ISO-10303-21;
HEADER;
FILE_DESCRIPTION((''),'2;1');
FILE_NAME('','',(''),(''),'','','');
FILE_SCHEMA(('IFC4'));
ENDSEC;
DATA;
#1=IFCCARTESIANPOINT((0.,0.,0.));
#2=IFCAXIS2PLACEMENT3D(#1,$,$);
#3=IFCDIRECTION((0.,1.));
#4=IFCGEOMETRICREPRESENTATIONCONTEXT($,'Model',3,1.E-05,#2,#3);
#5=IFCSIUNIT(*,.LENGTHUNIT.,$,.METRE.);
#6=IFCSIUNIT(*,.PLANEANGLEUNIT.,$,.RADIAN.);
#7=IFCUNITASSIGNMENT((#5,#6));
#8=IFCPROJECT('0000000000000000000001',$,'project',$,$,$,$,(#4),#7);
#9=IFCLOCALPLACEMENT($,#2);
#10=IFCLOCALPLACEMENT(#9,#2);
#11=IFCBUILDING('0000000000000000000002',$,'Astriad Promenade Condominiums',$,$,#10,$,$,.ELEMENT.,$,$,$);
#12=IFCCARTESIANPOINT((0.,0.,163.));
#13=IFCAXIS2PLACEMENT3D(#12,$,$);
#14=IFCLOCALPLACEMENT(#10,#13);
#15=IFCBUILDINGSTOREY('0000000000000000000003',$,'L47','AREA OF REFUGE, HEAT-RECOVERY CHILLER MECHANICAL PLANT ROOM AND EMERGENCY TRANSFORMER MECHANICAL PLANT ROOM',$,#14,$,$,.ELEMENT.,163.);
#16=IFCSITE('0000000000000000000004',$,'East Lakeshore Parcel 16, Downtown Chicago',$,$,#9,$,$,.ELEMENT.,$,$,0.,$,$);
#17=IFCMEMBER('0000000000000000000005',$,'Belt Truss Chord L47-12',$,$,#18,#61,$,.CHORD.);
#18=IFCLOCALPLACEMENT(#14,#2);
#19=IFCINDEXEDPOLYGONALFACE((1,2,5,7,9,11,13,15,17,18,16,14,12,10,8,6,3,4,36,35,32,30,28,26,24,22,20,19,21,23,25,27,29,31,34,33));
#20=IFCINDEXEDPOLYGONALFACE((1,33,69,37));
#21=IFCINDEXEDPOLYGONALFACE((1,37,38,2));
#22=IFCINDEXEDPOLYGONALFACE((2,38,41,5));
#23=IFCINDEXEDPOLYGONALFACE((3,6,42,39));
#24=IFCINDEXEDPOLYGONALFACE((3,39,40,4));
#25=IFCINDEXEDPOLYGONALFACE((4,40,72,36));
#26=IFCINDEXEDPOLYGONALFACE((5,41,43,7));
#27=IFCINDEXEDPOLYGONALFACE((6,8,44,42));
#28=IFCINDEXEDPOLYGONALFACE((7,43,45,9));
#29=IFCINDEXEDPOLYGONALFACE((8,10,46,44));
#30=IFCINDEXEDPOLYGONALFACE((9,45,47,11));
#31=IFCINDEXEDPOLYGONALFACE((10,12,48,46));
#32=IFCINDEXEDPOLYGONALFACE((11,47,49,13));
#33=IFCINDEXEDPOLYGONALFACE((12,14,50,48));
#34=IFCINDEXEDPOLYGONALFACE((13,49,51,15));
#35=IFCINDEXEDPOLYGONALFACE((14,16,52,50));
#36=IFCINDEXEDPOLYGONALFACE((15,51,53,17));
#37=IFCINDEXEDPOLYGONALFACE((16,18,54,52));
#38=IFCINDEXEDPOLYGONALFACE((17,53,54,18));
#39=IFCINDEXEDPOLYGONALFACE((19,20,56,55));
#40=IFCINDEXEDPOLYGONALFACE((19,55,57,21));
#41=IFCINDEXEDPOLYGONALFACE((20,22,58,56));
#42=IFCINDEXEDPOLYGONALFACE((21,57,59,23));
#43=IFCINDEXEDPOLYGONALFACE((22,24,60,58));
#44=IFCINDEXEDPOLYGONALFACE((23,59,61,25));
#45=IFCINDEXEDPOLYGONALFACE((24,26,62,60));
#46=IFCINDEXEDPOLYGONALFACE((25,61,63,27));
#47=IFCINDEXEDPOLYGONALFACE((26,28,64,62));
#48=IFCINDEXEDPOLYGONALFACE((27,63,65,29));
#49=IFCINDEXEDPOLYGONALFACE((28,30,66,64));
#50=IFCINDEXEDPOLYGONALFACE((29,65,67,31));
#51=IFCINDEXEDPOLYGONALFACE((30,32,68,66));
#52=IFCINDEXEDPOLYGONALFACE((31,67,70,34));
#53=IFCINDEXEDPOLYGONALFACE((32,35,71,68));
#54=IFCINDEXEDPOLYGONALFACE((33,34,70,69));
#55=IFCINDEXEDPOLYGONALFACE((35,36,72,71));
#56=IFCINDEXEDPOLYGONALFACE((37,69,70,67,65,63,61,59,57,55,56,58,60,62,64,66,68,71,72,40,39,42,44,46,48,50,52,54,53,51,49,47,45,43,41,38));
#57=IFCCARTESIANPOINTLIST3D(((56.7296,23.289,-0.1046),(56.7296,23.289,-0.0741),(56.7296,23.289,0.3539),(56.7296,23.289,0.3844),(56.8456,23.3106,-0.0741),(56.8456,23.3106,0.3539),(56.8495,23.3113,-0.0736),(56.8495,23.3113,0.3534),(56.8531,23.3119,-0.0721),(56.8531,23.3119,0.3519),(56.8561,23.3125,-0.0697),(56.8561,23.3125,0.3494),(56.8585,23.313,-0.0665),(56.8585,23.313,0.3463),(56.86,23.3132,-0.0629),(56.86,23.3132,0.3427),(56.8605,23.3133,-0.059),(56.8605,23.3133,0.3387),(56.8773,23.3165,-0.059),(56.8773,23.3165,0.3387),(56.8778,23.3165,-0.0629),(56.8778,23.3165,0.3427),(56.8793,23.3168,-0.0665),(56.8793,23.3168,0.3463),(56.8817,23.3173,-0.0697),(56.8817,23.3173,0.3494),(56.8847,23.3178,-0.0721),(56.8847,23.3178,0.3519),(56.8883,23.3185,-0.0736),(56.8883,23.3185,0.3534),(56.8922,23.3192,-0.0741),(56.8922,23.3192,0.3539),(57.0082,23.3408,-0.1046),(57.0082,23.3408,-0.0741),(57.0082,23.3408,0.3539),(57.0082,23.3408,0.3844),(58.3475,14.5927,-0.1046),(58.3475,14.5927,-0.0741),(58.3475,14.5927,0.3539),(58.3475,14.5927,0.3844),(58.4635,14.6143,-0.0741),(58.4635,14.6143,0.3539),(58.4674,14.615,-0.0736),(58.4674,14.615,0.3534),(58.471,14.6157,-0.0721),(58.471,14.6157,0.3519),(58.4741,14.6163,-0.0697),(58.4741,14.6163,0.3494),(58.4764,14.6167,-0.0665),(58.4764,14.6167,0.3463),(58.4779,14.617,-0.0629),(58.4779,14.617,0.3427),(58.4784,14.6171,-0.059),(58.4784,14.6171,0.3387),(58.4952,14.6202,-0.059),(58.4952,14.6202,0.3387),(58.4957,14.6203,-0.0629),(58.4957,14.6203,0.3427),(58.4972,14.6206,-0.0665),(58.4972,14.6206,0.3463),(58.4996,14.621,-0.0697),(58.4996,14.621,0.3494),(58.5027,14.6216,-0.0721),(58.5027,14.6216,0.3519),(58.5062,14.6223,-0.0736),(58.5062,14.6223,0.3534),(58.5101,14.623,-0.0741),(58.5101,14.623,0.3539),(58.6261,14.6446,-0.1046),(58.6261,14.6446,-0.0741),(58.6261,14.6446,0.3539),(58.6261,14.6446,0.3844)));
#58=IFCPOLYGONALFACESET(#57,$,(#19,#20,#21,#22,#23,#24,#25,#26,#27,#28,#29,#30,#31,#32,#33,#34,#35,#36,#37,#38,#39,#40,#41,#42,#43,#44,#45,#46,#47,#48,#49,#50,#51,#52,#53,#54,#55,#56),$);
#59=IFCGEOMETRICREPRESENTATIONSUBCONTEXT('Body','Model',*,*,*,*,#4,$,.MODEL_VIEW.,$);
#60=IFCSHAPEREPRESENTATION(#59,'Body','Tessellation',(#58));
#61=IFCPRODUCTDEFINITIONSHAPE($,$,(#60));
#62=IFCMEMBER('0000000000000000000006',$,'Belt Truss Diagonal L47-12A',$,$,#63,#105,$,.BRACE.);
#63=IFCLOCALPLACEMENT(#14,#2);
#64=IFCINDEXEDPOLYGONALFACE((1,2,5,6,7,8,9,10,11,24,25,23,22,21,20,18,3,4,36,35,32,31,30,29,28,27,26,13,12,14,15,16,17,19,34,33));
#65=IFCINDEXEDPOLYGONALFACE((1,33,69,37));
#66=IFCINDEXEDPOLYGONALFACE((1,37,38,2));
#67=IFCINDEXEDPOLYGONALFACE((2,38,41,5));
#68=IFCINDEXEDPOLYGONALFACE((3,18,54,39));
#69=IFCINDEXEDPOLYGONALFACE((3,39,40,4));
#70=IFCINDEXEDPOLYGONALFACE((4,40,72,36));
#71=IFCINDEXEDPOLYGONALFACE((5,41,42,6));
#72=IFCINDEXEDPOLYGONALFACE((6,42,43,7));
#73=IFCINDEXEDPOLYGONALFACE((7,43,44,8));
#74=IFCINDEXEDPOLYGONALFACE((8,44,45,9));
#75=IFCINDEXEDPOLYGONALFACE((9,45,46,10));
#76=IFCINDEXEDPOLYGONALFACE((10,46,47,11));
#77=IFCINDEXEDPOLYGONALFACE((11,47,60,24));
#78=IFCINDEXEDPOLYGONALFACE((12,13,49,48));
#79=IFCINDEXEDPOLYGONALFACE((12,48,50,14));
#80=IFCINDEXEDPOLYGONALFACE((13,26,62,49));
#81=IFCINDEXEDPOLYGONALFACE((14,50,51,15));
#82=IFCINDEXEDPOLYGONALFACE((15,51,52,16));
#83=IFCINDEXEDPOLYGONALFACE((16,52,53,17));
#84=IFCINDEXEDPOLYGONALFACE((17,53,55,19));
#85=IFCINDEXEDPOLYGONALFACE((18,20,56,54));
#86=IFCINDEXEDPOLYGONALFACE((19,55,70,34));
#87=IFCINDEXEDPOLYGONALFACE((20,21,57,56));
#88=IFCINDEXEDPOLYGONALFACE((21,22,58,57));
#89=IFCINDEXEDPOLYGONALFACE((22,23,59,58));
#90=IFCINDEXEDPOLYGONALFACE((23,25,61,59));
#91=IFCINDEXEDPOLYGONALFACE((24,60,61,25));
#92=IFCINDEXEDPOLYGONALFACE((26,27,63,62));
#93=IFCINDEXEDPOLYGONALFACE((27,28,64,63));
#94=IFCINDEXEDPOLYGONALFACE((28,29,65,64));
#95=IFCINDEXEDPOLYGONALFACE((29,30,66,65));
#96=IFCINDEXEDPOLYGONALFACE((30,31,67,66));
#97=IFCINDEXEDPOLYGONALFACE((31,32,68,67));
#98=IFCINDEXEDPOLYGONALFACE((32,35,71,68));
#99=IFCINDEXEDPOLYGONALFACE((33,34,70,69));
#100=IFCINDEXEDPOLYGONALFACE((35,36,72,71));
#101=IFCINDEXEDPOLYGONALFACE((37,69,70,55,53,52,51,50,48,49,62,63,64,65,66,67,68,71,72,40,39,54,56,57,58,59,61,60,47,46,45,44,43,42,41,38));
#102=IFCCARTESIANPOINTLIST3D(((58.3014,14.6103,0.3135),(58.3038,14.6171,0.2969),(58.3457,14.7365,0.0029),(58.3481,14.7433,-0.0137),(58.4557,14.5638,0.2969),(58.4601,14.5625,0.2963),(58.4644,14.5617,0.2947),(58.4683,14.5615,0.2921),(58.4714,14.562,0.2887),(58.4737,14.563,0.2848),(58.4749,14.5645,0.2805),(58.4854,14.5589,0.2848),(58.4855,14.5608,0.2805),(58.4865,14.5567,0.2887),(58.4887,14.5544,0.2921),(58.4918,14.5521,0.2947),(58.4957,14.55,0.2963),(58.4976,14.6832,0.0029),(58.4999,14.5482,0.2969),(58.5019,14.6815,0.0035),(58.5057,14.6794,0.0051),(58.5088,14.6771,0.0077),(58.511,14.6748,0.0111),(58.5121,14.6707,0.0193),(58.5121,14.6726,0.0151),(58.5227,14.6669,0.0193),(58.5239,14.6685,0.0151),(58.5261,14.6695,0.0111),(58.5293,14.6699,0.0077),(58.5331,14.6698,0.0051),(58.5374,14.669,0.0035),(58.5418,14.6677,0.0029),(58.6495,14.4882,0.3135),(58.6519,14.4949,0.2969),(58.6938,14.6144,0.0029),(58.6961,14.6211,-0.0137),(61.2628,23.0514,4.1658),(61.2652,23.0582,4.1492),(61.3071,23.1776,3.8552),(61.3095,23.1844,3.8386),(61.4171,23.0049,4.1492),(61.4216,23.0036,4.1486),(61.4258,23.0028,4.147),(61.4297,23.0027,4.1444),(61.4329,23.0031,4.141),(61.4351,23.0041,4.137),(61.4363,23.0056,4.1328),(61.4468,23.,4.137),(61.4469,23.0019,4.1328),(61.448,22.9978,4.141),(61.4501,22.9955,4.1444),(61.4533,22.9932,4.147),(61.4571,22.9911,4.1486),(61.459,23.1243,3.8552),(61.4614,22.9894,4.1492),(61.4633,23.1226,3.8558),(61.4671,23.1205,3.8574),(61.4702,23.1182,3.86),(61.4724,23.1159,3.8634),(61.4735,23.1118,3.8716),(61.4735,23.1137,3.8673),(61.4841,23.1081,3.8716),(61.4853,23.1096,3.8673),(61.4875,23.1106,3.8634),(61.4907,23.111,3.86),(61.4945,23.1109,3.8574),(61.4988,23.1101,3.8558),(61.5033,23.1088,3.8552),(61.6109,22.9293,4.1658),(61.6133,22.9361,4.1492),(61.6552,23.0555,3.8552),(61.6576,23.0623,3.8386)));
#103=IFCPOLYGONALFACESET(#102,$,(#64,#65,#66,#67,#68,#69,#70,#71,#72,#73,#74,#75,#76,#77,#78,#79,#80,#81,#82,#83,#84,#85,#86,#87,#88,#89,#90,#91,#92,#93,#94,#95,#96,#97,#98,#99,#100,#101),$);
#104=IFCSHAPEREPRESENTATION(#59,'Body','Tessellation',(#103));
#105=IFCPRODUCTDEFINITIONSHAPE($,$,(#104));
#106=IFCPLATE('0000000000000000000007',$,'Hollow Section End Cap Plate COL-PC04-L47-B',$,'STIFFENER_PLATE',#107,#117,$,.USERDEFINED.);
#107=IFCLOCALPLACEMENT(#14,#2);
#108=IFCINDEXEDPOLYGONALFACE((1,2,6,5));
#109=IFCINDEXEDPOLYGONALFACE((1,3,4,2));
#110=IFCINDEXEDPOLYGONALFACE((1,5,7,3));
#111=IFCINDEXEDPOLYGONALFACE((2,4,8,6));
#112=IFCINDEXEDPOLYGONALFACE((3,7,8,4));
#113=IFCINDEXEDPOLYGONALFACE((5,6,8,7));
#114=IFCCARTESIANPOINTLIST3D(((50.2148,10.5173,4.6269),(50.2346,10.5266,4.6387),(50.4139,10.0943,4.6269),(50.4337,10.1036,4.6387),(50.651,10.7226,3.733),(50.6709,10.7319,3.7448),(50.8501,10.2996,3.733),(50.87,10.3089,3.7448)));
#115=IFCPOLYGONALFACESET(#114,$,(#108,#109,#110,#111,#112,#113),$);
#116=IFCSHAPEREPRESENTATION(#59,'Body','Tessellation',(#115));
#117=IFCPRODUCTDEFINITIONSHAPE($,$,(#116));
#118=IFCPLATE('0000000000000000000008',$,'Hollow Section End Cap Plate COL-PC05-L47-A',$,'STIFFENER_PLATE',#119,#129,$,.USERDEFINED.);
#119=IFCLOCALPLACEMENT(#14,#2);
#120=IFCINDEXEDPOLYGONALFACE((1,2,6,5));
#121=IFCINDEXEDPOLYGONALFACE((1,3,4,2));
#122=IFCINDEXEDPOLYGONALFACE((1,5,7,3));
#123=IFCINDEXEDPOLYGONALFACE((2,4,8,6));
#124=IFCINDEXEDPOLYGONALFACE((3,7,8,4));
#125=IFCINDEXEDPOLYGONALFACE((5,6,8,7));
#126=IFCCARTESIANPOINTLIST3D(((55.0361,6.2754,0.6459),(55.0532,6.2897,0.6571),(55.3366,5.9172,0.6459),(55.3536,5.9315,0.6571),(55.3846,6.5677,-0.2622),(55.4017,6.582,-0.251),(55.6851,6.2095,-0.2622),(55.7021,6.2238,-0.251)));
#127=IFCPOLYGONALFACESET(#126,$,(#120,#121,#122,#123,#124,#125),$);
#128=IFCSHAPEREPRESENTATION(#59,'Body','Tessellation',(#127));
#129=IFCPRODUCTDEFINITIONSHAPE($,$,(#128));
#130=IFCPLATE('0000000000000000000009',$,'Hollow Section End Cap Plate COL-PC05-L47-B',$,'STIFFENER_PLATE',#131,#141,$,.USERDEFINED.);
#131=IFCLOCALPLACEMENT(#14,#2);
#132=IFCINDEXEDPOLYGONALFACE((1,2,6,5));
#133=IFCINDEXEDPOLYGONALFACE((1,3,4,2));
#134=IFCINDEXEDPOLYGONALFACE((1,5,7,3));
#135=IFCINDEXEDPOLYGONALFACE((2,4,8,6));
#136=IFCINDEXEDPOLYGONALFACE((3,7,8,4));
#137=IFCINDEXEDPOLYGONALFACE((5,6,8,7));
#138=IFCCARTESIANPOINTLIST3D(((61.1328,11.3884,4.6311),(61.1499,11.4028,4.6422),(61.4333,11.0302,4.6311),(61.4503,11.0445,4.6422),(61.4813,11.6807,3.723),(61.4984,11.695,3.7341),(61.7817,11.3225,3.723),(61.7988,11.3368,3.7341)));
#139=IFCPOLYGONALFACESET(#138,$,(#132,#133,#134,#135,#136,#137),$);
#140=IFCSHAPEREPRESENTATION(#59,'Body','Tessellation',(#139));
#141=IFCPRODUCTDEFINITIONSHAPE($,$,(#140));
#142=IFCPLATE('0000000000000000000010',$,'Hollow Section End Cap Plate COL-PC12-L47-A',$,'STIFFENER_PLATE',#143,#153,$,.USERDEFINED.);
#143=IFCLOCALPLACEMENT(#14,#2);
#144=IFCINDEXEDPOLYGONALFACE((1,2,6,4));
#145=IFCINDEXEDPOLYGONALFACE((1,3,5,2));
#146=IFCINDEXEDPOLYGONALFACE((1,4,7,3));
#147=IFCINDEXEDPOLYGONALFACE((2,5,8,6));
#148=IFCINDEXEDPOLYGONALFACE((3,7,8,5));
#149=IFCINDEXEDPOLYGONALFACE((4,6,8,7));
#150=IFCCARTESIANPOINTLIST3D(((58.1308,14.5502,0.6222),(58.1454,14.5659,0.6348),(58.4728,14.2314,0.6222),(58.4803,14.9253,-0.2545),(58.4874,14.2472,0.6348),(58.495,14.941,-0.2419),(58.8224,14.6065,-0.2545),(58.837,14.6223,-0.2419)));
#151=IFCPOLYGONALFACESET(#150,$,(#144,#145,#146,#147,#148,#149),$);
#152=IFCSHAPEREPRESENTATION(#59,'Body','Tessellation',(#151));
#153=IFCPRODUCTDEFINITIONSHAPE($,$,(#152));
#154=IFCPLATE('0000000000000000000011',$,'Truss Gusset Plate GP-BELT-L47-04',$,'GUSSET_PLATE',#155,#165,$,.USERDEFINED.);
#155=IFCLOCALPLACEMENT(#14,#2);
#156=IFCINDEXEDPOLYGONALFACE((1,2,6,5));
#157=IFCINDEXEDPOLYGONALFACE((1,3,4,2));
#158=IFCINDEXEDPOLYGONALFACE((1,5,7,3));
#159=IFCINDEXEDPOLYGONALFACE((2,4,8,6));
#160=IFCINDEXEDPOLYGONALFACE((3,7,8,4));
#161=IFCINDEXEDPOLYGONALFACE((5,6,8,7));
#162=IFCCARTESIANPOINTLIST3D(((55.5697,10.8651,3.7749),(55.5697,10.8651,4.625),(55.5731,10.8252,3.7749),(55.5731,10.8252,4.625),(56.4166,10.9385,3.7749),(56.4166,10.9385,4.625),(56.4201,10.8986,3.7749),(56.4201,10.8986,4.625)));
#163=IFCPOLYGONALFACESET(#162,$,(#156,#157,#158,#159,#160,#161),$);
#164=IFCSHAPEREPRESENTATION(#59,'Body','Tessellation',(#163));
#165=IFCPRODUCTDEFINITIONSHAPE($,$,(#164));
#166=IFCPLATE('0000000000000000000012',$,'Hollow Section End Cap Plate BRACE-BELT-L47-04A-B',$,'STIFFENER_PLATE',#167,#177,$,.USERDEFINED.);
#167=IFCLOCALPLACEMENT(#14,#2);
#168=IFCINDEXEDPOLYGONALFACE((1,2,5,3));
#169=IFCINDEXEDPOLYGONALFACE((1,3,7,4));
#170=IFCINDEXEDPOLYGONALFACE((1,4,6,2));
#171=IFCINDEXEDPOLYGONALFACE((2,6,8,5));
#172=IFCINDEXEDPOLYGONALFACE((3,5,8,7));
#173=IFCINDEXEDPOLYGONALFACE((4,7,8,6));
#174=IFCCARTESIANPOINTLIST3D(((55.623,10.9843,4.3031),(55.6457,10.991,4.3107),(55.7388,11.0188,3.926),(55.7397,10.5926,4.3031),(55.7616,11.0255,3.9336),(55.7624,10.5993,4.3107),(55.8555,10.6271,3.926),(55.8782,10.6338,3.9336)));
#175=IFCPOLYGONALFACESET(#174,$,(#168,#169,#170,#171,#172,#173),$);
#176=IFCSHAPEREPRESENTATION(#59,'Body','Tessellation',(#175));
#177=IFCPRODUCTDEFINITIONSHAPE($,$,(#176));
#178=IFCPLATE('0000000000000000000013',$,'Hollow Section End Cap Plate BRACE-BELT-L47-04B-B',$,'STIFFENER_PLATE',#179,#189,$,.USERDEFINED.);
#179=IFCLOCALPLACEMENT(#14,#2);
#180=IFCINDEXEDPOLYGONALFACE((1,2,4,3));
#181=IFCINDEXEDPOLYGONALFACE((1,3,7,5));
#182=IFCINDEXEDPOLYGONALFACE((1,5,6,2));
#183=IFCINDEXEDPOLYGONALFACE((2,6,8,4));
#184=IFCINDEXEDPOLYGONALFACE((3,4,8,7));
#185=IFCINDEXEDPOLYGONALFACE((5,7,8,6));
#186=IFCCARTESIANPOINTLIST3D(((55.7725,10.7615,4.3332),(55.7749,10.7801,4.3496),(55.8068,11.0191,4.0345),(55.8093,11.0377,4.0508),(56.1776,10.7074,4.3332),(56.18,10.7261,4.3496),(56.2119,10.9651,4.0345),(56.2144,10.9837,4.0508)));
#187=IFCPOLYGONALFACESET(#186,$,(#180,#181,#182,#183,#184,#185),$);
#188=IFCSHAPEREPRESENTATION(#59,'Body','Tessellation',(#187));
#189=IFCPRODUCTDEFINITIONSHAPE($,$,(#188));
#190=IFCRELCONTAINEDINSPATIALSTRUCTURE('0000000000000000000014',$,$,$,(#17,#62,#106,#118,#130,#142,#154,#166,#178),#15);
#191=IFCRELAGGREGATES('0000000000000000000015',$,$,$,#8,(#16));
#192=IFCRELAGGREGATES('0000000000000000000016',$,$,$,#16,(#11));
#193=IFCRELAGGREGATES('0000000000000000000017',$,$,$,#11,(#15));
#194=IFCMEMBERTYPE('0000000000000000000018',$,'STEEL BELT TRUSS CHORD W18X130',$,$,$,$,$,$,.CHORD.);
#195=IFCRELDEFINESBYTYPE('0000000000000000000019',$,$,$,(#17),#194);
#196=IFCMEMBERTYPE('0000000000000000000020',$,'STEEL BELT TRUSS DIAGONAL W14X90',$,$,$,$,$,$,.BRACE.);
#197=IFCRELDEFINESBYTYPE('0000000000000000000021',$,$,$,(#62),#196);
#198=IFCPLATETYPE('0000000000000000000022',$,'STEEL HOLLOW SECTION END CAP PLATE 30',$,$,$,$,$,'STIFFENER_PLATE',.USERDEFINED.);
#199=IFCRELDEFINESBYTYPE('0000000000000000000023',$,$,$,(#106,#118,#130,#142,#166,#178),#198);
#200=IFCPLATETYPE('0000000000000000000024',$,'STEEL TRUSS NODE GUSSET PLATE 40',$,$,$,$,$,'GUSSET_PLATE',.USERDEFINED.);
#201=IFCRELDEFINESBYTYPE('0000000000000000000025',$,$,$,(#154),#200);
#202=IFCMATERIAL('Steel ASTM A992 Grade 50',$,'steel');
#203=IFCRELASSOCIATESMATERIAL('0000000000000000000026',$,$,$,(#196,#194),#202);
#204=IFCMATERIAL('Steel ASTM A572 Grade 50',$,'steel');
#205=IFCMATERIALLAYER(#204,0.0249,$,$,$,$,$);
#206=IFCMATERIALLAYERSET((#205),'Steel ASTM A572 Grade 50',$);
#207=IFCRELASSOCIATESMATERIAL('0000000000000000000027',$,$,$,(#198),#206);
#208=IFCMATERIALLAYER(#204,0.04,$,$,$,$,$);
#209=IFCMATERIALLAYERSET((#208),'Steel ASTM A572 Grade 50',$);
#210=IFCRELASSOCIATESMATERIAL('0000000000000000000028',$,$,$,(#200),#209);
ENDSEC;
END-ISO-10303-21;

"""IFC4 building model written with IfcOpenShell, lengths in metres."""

from ifc_helpers import new_model, si_unit, direction, frame, origin, origin_2d, place, context, subcontext, project, spatial, rectangle, i_section, extrude, source, transform, mapped, material, layer, layer_set, material_profile, profile_set, type_object, type_shapes, element, save


model = new_model("IFC4")

# Units and contexts
model_context = context("Model", 3, precision=1e-05, world=origin(), true_north=direction((0.0, 1.0)))
body_context = subcontext(model_context, "Body", "Model", "MODEL_VIEW")
ifc_project = project(units=[si_unit("LENGTHUNIT", "METRE"), si_unit("PLANEANGLEUNIT", "RADIAN")], contexts=[model_context])

# Site, building, storey
site_placement = place(None, origin())
site = spatial("IfcSite", under=ifc_project, at=site_placement, Name="East Lakeshore Parcel 16, Downtown Chicago", CompositionType="ELEMENT", RefElevation=0.0)
building_placement = place(site_placement, origin())
building = spatial("IfcBuilding", under=site, at=building_placement, Name="Astriad Promenade Condominiums", CompositionType="ELEMENT")
storey_placement = place(building_placement, frame((0.0, 0.0, 163.0)))
storey = spatial("IfcBuildingStorey", under=building, at=storey_placement, Name="L47", Description="AREA OF REFUGE, HEAT-RECOVERY CHILLER MECHANICAL PLANT ROOM AND EMERGENCY TRANSFORMER MECHANICAL PLANT ROOM", CompositionType="ELEMENT", Elevation=163.0)

# Shared definitions
ifc_material_1 = material(Name="Steel ASTM A992 Grade 50", Category="steel")

# Members
ifc_material_profile_1 = material_profile(ifc_material_1, i_section(OverallWidth=0.3689, OverallDepth=0.3562, WebThickness=0.0112, FlangeThickness=0.0181, FilletRadius=0.0178, at=origin_2d()), Name="W14X90")
ifc_profile_set_1 = profile_set([ifc_material_profile_1], Name="Steel ASTM A992 Grade 50")
member_type_1 = type_object("IfcMemberType", Name="STEEL BELT TRUSS DIAGONAL W14X90", PredefinedType="BRACE", material=ifc_profile_set_1)
ifc_material_profile_2 = material_profile(ifc_material_1, i_section(OverallWidth=0.2834, OverallDepth=0.489, WebThickness=0.0171, FlangeThickness=0.0305, FilletRadius=0.0151, at=origin_2d()), Name="W18X130")
ifc_profile_set_2 = profile_set([ifc_material_profile_2], Name="Steel ASTM A992 Grade 50")
member_type_2 = type_object("IfcMemberType", Name="STEEL BELT TRUSS CHORD W18X130", PredefinedType="CHORD", material=ifc_profile_set_2)
shared_shape_1 = source(origin(), body_context, "Body", "SweptSolid", [
    extrude(i_section(OverallWidth=0.2834, OverallDepth=0.489, WebThickness=0.0171, FlangeThickness=0.0305, FilletRadius=0.0151, at=origin_2d()), origin(), (0.0, 0.0, 1.0), 8.8455),
])
member_1_placement = place(storey_placement, frame((58.4868, 14.6187, 0.1399), z_axis=(-0.182909, 0.98313, 0.0), x_axis=(-0.98313, -0.182909, 0.0)))
element("IfcMember", 1, at=member_1_placement, inside=storey, type_object=member_type_2, Name="Belt Truss Chord L47-12", PredefinedType="CHORD", context=body_context, shape_type="MappedRepresentation", body=[
    mapped(shared_shape_1, transform((0.0, 0.0, 0.0), scale=1.0)),
])
shared_shape_2 = source(origin(), body_context, "Body", "SweptSolid", [
    extrude(i_section(OverallWidth=0.3689, OverallDepth=0.3562, WebThickness=0.0112, FlangeThickness=0.0181, FilletRadius=0.0178, at=origin_2d()), origin(), (0.0, 0.0, 1.0), 9.7397),
])
member_2_placement = place(storey_placement, frame((58.4988, 14.6157, 0.1499), z_axis=(0.304054, 0.866668, 0.395522), x_axis=(-0.943613, 0.331049, 0.0)))
element("IfcMember", 2, at=member_2_placement, inside=storey, type_object=member_type_1, Name="Belt Truss Diagonal L47-12A", PredefinedType="BRACE", context=body_context, shape_type="MappedRepresentation", body=[
    mapped(shared_shape_2, transform((0.0, 0.0, 0.0), scale=1.0)),
])

# Plates
ifc_material_2 = material(Name="Steel ASTM A572 Grade 50", Category="steel")
ifc_layer_1 = layer(ifc_material_2, 0.0249)
ifc_layer_set_1 = layer_set([ifc_layer_1], Name="Steel ASTM A572 Grade 50")
plate_type_1 = type_object("IfcPlateType", Name="STEEL HOLLOW SECTION END CAP PLATE 30", ElementType="STIFFENER_PLATE", PredefinedType="USERDEFINED", material=ifc_layer_set_1)
shared_shape_3 = source(origin(), body_context, "Body", "SweptSolid", [
    extrude(rectangle(XDim=0.4675, YDim=1.0156, at=origin_2d()), origin(), (0.0, 0.0, 1.0), 0.0249),
])
for number, where, z_axis, x_axis, name in (
    (3, (50.5325, 10.4084, 4.1799), (0.796348, 0.374826, 0.474696), (-0.425866, 0.904786, 0.0), "Hollow Section End Cap Plate COL-PC04-L47-B"),
    (4, (55.3606, 6.2424, 0.1919), (0.685083, 0.574566, 0.447812), (-0.6426, 0.766202, 0.0), "Hollow Section End Cap Plate COL-PC05-L47-A"),
    (5, (61.4573, 11.3555, 4.177), (0.685083, 0.574566, 0.447812), (-0.6426, 0.766202, 0.0), "Hollow Section End Cap Plate COL-PC05-L47-B"),
    (6, (58.4766, 14.5784, 0.1838), (0.588516, 0.631492, 0.504844), (-0.731561, 0.681776, 0.0), "Hollow Section End Cap Plate COL-PC12-L47-A"),
):
    element("IfcPlate", number, at=place(storey_placement, frame(where, z_axis=z_axis, x_axis=x_axis)), inside=storey, type_object=plate_type_1, Name=name, ObjectType="STIFFENER_PLATE", PredefinedType="USERDEFINED", context=body_context, shape_type="MappedRepresentation", body=[
        mapped(shared_shape_3, transform((0.0, 0.0, 0.0), scale=1.0)),
    ])
ifc_layer_2 = layer(ifc_material_2, 0.04)
ifc_layer_set_2 = layer_set([ifc_layer_2], Name="Steel ASTM A572 Grade 50")
plate_type_2 = type_object("IfcPlateType", Name="STEEL TRUSS NODE GUSSET PLATE 40", ElementType="GUSSET_PLATE", PredefinedType="USERDEFINED", material=ifc_layer_set_2)
shared_shape_4 = source(origin(), body_context, "Body", "SweptSolid", [
    extrude(rectangle(XDim=0.8501, YDim=0.04, at=origin_2d()), origin(), (0.0, 0.0, 1.0), 0.8501),
])
type_shapes(plate_type_2, [shared_shape_4])
plate_placement = place(storey_placement, frame((55.9949, 10.8818, 3.7749), z_axis=(0.0, 0.0, 1.0), x_axis=(0.99627, 0.086286, 0.0)))
element("IfcPlate", 7, at=plate_placement, inside=storey, type_object=plate_type_2, Name="Truss Gusset Plate GP-BELT-L47-04", ObjectType="GUSSET_PLATE", PredefinedType="USERDEFINED", context=body_context, shape_type="MappedRepresentation", body=[
    mapped(shared_shape_4, transform((0.0, 0.0, 0.0), scale=1.0)),
])
shared_shape_5 = source(origin(), body_context, "Body", "SweptSolid", [
    extrude(rectangle(XDim=0.4087, YDim=0.396, at=origin_2d()), origin(), (0.0, 0.0, 1.0), 0.0249),
])
type_shapes(plate_type_1, [shared_shape_3, shared_shape_5])
for number, where, z_axis, x_axis, name in (
    (8, (55.7393, 10.8057, 4.1145), (0.91264, 0.271867, 0.305247), (-0.285493, 0.958381, 0.0), "Hollow Section End Cap Plate BRACE-BELT-L47-04A-B"),
    (9, (55.9922, 10.8633, 4.1838), (0.099752, 0.747782, 0.656408), (-0.99122, 0.132226, 0.0), "Hollow Section End Cap Plate BRACE-BELT-L47-04B-B"),
):
    element("IfcPlate", number, at=place(storey_placement, frame(where, z_axis=z_axis, x_axis=x_axis)), inside=storey, type_object=plate_type_1, Name=name, ObjectType="STIFFENER_PLATE", PredefinedType="USERDEFINED", context=body_context, shape_type="MappedRepresentation", body=[
        mapped(shared_shape_5, transform((0.0, 0.0, 0.0), scale=1.0)),
    ])

save(model, "model.ifc")
